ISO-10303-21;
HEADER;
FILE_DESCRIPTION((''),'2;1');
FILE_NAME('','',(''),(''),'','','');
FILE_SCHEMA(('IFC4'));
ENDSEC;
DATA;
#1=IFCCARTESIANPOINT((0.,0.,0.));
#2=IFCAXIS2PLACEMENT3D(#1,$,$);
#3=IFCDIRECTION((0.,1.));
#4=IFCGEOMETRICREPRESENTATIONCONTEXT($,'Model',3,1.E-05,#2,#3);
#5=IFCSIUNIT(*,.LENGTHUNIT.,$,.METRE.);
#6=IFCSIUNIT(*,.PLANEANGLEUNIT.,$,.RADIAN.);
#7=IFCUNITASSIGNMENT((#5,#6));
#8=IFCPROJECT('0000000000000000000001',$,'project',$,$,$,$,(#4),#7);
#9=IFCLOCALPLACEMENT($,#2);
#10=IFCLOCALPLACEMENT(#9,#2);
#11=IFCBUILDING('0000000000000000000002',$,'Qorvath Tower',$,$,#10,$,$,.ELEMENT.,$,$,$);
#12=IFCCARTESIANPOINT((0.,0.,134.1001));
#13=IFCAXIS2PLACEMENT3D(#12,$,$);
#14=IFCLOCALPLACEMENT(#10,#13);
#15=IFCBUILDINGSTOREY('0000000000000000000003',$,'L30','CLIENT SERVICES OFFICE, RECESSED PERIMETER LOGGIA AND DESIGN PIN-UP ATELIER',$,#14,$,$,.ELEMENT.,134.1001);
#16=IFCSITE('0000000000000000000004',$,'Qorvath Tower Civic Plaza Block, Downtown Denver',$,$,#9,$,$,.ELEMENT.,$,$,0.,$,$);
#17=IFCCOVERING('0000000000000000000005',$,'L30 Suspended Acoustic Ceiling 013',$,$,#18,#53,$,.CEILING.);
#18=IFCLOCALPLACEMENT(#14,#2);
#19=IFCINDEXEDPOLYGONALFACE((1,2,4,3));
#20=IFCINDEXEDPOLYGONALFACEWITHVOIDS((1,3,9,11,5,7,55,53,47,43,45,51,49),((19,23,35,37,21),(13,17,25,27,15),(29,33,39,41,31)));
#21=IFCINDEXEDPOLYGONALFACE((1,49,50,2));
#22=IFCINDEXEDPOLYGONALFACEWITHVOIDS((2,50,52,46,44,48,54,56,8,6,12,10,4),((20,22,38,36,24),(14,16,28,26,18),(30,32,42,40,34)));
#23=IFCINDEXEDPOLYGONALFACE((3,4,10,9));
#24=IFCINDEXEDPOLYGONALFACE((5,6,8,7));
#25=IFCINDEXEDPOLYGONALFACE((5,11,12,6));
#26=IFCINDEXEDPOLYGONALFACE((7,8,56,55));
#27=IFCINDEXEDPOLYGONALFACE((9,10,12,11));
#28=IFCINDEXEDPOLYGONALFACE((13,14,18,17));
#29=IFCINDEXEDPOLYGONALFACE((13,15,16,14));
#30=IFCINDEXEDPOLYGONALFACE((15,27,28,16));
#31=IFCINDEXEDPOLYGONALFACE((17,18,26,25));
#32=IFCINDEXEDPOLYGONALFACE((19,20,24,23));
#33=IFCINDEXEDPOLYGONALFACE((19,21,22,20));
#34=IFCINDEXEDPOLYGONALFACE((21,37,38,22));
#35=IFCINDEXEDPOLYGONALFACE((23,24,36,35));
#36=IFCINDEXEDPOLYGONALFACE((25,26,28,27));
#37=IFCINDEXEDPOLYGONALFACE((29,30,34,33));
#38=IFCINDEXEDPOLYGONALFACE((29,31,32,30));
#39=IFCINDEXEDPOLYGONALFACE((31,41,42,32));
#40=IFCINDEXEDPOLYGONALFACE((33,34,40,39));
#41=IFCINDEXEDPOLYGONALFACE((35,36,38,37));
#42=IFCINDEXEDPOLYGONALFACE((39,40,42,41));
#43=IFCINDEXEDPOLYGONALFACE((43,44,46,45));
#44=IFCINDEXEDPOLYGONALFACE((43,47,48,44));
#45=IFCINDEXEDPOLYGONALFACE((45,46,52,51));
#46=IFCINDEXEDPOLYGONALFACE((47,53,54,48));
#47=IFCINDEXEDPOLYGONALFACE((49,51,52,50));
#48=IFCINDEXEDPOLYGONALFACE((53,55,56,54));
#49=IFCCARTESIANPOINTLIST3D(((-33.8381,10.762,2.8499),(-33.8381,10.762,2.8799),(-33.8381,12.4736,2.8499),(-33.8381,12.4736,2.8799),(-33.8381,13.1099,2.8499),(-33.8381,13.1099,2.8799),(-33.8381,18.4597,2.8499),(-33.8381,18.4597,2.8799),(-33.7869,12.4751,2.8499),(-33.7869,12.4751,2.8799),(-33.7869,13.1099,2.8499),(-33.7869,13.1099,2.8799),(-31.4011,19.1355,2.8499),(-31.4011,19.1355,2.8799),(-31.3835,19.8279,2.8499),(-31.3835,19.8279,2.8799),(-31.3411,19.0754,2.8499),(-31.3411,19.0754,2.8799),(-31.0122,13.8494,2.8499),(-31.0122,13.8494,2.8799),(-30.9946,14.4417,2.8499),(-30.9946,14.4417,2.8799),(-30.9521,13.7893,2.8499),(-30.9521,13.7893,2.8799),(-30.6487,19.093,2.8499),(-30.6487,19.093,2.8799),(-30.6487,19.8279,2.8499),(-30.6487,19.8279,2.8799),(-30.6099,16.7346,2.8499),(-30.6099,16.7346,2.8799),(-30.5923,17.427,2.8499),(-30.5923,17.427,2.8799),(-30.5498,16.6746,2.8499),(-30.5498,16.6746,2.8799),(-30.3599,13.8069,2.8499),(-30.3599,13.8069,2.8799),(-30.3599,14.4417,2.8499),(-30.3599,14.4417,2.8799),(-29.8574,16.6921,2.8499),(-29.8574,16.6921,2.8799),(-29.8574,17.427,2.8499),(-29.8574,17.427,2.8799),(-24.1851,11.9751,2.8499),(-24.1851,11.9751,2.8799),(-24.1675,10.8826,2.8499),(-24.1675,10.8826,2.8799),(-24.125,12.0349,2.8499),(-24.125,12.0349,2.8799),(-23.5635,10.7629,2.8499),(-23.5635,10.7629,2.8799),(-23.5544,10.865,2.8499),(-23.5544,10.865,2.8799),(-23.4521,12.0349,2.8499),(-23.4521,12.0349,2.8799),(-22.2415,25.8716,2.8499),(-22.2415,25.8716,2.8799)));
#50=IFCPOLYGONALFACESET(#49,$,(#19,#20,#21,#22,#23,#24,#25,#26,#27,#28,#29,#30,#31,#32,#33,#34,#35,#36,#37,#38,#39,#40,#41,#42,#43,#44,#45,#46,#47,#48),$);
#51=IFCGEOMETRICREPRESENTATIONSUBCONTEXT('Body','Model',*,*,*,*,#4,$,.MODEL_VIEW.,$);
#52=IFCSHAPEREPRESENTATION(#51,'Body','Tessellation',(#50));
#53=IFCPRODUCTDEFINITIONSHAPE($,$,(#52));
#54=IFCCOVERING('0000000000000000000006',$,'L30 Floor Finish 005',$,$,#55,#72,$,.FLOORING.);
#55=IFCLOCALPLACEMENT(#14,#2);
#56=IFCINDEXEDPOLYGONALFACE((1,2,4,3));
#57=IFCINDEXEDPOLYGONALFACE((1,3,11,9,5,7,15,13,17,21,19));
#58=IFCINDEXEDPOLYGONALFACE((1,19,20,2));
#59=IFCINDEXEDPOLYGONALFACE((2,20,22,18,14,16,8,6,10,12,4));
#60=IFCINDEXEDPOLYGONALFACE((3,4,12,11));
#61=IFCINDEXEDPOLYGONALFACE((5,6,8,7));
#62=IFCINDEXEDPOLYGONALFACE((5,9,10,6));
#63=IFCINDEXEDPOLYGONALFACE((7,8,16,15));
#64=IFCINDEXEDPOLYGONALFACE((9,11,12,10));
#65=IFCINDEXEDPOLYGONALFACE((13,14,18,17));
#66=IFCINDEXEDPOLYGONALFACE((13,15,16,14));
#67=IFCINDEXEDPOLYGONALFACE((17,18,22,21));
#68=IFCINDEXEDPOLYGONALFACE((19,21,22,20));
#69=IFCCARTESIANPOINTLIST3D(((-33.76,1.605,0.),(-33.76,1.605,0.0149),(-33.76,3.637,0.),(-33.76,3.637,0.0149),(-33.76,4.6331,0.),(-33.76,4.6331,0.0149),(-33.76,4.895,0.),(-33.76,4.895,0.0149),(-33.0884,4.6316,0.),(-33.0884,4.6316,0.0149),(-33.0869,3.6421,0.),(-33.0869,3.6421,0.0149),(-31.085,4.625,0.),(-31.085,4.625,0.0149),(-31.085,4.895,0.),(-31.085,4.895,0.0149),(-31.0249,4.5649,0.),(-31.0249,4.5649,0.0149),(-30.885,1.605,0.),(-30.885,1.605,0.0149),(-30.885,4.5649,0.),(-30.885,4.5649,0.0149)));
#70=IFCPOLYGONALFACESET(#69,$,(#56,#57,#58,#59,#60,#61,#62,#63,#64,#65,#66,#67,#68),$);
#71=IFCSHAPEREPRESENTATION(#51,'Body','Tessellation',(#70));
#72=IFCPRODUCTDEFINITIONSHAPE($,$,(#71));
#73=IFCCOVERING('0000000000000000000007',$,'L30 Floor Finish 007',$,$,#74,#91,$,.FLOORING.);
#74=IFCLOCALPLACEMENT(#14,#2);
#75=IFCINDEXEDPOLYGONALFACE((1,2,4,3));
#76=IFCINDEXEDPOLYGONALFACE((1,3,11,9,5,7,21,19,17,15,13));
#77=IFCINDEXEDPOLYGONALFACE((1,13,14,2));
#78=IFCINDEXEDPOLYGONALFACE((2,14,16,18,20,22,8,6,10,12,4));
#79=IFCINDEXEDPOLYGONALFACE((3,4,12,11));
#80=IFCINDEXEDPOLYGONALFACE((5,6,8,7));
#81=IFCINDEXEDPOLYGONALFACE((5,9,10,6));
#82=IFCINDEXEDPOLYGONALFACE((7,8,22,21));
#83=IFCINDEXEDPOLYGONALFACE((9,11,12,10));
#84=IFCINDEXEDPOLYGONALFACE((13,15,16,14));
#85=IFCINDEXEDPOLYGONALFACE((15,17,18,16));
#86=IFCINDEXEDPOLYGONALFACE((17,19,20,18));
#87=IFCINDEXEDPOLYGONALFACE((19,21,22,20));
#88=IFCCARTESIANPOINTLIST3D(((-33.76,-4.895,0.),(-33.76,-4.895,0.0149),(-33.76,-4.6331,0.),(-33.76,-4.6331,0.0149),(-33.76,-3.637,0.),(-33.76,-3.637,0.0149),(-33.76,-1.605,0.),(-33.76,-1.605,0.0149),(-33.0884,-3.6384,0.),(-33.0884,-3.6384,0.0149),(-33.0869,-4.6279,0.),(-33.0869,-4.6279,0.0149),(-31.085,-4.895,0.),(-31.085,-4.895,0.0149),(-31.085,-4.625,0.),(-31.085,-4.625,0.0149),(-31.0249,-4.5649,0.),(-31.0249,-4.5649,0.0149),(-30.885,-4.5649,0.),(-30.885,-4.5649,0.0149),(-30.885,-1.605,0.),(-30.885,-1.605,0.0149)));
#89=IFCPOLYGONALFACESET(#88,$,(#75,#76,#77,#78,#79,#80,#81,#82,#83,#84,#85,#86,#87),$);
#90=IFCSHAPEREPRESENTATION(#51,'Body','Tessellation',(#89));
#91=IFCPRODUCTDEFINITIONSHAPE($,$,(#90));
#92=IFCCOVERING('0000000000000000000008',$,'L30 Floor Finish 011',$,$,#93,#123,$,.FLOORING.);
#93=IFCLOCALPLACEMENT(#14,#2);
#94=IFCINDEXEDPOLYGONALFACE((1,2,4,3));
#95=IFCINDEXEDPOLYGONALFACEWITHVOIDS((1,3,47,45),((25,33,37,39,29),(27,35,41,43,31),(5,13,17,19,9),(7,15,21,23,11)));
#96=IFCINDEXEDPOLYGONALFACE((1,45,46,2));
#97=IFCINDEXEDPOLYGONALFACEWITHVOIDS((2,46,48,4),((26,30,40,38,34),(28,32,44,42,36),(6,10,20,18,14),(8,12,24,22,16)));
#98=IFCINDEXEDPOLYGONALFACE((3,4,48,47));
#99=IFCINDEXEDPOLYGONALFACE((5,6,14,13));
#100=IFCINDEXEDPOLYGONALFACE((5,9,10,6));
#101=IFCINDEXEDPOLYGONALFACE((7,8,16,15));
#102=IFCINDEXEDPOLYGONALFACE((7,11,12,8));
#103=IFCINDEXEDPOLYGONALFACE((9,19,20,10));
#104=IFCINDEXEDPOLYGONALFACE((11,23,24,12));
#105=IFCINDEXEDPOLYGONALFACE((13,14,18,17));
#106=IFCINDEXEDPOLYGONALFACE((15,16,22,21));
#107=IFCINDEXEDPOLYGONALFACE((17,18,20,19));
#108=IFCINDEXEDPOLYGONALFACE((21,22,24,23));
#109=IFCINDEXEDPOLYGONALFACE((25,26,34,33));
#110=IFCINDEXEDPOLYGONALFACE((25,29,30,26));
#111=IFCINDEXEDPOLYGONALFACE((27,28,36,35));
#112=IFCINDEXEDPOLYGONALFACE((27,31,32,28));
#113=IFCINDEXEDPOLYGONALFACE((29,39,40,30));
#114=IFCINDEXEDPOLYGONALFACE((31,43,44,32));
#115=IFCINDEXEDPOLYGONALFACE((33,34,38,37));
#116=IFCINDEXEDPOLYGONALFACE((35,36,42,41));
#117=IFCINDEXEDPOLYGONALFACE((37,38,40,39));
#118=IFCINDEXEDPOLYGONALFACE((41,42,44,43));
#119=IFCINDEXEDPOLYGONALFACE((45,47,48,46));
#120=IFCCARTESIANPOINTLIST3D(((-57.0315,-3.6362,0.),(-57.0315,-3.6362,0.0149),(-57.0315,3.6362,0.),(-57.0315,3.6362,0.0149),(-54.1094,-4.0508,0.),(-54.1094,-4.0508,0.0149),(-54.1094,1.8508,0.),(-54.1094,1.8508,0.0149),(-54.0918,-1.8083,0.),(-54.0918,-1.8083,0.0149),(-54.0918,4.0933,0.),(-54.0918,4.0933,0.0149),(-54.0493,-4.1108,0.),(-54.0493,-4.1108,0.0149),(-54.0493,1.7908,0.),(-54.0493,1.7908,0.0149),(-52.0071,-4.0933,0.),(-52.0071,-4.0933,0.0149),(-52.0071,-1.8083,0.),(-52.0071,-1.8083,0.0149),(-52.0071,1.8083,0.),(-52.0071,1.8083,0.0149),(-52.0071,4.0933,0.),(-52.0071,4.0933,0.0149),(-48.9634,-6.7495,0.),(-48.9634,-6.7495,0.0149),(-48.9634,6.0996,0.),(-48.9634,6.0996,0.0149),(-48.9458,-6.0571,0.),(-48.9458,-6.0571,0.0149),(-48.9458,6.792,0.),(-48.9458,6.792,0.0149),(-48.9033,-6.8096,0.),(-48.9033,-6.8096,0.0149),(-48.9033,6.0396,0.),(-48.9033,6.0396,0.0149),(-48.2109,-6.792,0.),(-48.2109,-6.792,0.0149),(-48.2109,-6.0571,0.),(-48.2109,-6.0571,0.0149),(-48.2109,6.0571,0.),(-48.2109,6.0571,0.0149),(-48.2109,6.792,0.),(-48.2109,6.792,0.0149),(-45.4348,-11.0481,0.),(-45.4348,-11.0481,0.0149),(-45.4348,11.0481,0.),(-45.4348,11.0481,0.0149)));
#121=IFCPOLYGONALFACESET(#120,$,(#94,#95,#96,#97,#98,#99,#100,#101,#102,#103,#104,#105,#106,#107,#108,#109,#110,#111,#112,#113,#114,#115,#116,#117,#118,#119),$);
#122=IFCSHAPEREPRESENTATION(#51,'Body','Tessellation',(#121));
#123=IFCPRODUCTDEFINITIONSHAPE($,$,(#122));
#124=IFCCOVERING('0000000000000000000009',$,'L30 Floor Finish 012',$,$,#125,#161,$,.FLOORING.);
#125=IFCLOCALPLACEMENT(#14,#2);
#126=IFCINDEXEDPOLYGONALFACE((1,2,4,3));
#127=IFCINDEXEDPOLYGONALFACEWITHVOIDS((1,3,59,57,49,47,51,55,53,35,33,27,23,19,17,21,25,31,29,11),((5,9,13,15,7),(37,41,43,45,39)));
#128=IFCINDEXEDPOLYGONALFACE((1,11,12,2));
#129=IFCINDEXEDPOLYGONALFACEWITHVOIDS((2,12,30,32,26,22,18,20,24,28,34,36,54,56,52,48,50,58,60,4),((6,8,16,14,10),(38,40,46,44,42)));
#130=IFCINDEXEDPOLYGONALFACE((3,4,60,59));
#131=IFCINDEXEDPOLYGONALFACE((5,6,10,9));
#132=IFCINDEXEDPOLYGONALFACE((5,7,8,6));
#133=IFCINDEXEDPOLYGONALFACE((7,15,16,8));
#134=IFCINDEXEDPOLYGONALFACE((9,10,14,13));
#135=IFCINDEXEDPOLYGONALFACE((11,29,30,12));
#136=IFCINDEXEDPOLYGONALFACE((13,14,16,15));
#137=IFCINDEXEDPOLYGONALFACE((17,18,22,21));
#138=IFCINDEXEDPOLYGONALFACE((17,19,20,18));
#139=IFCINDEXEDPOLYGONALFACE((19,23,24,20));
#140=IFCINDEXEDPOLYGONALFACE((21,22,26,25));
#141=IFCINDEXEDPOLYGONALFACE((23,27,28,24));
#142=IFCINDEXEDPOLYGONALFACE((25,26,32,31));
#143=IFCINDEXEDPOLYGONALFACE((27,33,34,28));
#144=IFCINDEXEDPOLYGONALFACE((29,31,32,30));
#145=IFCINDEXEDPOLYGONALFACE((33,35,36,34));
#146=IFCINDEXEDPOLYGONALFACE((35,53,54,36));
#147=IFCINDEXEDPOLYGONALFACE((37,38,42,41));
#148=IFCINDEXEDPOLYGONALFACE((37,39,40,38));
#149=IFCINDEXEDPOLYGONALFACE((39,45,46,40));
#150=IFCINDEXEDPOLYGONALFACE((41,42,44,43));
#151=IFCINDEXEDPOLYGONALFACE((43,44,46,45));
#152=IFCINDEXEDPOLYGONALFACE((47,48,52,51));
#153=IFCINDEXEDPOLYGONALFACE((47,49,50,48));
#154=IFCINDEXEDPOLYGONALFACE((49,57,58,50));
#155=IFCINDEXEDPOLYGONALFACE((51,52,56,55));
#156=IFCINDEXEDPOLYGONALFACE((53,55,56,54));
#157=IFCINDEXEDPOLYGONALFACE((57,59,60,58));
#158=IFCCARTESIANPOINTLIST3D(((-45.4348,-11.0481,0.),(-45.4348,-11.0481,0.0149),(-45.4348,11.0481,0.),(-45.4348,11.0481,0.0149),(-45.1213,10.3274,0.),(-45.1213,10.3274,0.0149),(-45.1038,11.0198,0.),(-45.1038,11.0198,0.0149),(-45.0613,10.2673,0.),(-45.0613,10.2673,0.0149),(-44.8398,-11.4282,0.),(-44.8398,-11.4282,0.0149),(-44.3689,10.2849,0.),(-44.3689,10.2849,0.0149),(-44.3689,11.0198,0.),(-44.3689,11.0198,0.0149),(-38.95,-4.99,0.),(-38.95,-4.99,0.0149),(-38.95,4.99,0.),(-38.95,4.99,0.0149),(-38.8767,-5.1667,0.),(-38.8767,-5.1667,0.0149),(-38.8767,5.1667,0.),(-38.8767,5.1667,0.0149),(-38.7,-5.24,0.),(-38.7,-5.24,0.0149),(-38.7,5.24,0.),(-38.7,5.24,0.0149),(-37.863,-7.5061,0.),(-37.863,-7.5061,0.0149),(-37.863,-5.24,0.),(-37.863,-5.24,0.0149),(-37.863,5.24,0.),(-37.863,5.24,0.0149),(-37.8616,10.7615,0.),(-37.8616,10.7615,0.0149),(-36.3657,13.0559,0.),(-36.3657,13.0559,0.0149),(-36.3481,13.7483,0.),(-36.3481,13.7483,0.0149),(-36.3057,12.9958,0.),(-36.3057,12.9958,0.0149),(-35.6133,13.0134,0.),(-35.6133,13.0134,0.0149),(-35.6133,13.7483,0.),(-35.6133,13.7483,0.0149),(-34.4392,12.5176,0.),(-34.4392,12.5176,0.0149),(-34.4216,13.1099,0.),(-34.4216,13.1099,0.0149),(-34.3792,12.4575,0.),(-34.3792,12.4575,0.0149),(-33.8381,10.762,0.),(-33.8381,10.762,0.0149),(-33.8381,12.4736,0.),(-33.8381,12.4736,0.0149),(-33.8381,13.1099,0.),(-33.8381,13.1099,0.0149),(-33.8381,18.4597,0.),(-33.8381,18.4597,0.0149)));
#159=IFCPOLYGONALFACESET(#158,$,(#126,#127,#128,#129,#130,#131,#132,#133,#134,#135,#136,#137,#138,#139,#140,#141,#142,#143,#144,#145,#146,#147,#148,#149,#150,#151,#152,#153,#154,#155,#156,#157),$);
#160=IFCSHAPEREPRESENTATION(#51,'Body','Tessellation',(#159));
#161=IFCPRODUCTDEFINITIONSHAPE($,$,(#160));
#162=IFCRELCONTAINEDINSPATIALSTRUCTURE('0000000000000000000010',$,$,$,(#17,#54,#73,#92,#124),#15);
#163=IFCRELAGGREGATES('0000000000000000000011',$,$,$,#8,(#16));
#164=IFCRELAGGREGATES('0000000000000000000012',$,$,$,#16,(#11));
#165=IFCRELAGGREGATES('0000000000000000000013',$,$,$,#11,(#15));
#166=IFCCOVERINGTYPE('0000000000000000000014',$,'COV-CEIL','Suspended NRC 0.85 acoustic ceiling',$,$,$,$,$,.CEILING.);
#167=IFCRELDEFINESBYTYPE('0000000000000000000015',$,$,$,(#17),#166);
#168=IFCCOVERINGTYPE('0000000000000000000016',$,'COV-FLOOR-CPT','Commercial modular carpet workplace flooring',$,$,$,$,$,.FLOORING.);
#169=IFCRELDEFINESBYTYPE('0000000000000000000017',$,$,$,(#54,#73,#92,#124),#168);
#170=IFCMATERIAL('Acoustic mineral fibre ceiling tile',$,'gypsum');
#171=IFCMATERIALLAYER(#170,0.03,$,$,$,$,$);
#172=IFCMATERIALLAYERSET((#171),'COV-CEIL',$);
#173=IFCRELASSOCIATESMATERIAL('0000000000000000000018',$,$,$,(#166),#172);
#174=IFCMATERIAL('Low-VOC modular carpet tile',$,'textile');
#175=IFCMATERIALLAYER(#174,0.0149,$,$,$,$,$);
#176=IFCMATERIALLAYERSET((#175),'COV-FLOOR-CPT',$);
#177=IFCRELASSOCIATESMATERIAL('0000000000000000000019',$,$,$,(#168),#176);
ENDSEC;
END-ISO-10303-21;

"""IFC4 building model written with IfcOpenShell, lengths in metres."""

from ifc_helpers import new_model, si_unit, direction, frame, origin, place, context, subcontext, project, spatial, polyline, outline, extrude, material, layer, layer_set, type_object, element, save


model = new_model("IFC4")

# Units and contexts
model_context = context("Model", 3, precision=1e-05, world=origin(), true_north=direction((0.0, 1.0)))
body_context = subcontext(model_context, "Body", "Model", "MODEL_VIEW")
ifc_project = project(units=[si_unit("LENGTHUNIT", "METRE"), si_unit("PLANEANGLEUNIT", "RADIAN")], contexts=[model_context])

# Site, building, storey
site_placement = place(None, origin())
site = spatial("IfcSite", under=ifc_project, at=site_placement, Name="Qorvath Tower Civic Plaza Block, Downtown Denver", CompositionType="ELEMENT", RefElevation=0.0)
building_placement = place(site_placement, origin())
building = spatial("IfcBuilding", under=site, at=building_placement, Name="Qorvath Tower", CompositionType="ELEMENT")
storey_placement = place(building_placement, frame((0.0, 0.0, 134.1001)))
storey = spatial("IfcBuildingStorey", under=building, at=storey_placement, Name="L30", Description="CLIENT SERVICES OFFICE, RECESSED PERIMETER LOGGIA AND DESIGN PIN-UP ATELIER", CompositionType="ELEMENT", Elevation=134.1001)

# Coverings
ifc_material_1 = material(Name="Acoustic mineral fibre ceiling tile", Category="gypsum")
ifc_layer_1 = layer(ifc_material_1, 0.03)
ifc_layer_set_1 = layer_set([ifc_layer_1], Name="COV-CEIL")
covering_type_1 = type_object("IfcCoveringType", Name="COV-CEIL", Description="Suspended NRC 0.85 acoustic ceiling", PredefinedType="CEILING", material=ifc_layer_set_1)
covering_1_placement = place(storey_placement, frame((0.0, 0.0, 2.8499)))
element("IfcCovering", 1, at=covering_1_placement, inside=storey, type_object=covering_type_1, Name="L30 Suspended Acoustic Ceiling 013", PredefinedType="CEILING", context=body_context, shape_type="SweptSolid", body=[
    extrude(outline(polyline([(-33.8381, 18.4597), (-33.8381, 13.1099), (-33.7869, 13.1099), (-33.7869, 12.4751), (-33.8381, 12.4736), (-33.8381, 10.762), (-23.5635, 10.7629), (-23.5544, 10.865), (-24.1675, 10.8826), (-24.1851, 11.9751), (-24.125, 12.0349), (-23.4521, 12.0349), (-22.2415, 25.8716), (-33.8381, 18.4597)]), holes=[polyline([(-30.6099, 16.7346), (-30.5923, 17.427), (-29.8574, 17.427), (-29.8574, 16.6921), (-30.5498, 16.6746), (-30.6099, 16.7346)]), polyline([(-31.0122, 13.8494), (-30.9946, 14.4417), (-30.3599, 14.4417), (-30.3599, 13.8069), (-30.9521, 13.7893), (-31.0122, 13.8494)]), polyline([(-31.4011, 19.1355), (-31.3835, 19.8279), (-30.6487, 19.8279), (-30.6487, 19.093), (-31.3411, 19.0754), (-31.4011, 19.1355)])]), origin(), (0.0, 0.0, 1.0), 0.03),
])
ifc_material_2 = material(Name="Low-VOC modular carpet tile", Category="textile")
ifc_layer_2 = layer(ifc_material_2, 0.0149)
ifc_layer_set_2 = layer_set([ifc_layer_2], Name="COV-FLOOR-CPT")
covering_type_2 = type_object("IfcCoveringType", Name="COV-FLOOR-CPT", Description="Commercial modular carpet workplace flooring", PredefinedType="FLOORING", material=ifc_layer_set_2)
covering_2_placement = place(storey_placement, origin())
element("IfcCovering", 2, at=covering_2_placement, inside=storey, type_object=covering_type_2, Name="L30 Floor Finish 005", PredefinedType="FLOORING", context=body_context, shape_type="SweptSolid", body=[
    extrude(outline(polyline([(-31.085, 4.895), (-33.76, 4.895), (-33.76, 4.6331), (-33.0884, 4.6316), (-33.0869, 3.6421), (-33.76, 3.637), (-33.76, 1.605), (-30.885, 1.605), (-30.885, 4.5649), (-31.0249, 4.5649), (-31.085, 4.625), (-31.085, 4.895)])), origin(), (0.0, 0.0, 1.0), 0.0149),
])
covering_3_placement = place(storey_placement, origin())
element("IfcCovering", 3, at=covering_3_placement, inside=storey, type_object=covering_type_2, Name="L30 Floor Finish 007", PredefinedType="FLOORING", context=body_context, shape_type="SweptSolid", body=[
    extrude(outline(polyline([(-30.885, -4.5649), (-30.885, -1.605), (-33.76, -1.605), (-33.76, -3.637), (-33.0884, -3.6384), (-33.0869, -4.6279), (-33.76, -4.6331), (-33.76, -4.895), (-31.085, -4.895), (-31.085, -4.625), (-31.0249, -4.5649), (-30.885, -4.5649)])), origin(), (0.0, 0.0, 1.0), 0.0149),
])
covering_4_placement = place(storey_placement, origin())
element("IfcCovering", 4, at=covering_4_placement, inside=storey, type_object=covering_type_2, Name="L30 Floor Finish 011", PredefinedType="FLOORING", context=body_context, shape_type="SweptSolid", body=[
    extrude(outline(polyline([(-57.0315, 3.6362), (-57.0315, -3.6362), (-45.4348, -11.0481), (-45.4348, 11.0481), (-57.0315, 3.6362)]), holes=[polyline([(-48.9634, -6.7495), (-48.9458, -6.0571), (-48.2109, -6.0571), (-48.2109, -6.792), (-48.9033, -6.8096), (-48.9634, -6.7495)]), polyline([(-48.9634, 6.0996), (-48.9458, 6.792), (-48.2109, 6.792), (-48.2109, 6.0571), (-48.9033, 6.0396), (-48.9634, 6.0996)]), polyline([(-54.1094, -4.0508), (-54.0918, -1.8083), (-52.0071, -1.8083), (-52.0071, -4.0933), (-54.0493, -4.1108), (-54.1094, -4.0508)]), polyline([(-54.1094, 1.8508), (-54.0918, 4.0933), (-52.0071, 4.0933), (-52.0071, 1.8083), (-54.0493, 1.7908), (-54.1094, 1.8508)])]), origin(), (0.0, 0.0, 1.0), 0.0149),
])
covering_5_placement = place(storey_placement, origin())
element("IfcCovering", 5, at=covering_5_placement, inside=storey, type_object=covering_type_2, Name="L30 Floor Finish 012", PredefinedType="FLOORING", context=body_context, shape_type="SweptSolid", body=[
    extrude(outline(polyline([(-45.4348, 11.0481), (-45.4348, -11.0481), (-44.8398, -11.4282), (-37.863, -7.5061), (-37.863, -5.24), (-38.7, -5.24), (-38.8767, -5.1667), (-38.95, -4.99), (-38.95, 4.99), (-38.8767, 5.1667), (-38.7, 5.24), (-37.863, 5.24), (-37.8616, 10.7615), (-33.8381, 10.762), (-33.8381, 12.4736), (-34.3792, 12.4575), (-34.4392, 12.5176), (-34.4216, 13.1099), (-33.8381, 13.1099), (-33.8381, 18.4597), (-45.4348, 11.0481)]), holes=[polyline([(-36.3657, 13.0559), (-36.3481, 13.7483), (-35.6133, 13.7483), (-35.6133, 13.0134), (-36.3057, 12.9958), (-36.3657, 13.0559)]), polyline([(-45.1213, 10.3274), (-45.1038, 11.0198), (-44.3689, 11.0198), (-44.3689, 10.2849), (-45.0613, 10.2673), (-45.1213, 10.3274)])]), origin(), (0.0, 0.0, 1.0), 0.0149),
])

save(model, "model.ifc")
